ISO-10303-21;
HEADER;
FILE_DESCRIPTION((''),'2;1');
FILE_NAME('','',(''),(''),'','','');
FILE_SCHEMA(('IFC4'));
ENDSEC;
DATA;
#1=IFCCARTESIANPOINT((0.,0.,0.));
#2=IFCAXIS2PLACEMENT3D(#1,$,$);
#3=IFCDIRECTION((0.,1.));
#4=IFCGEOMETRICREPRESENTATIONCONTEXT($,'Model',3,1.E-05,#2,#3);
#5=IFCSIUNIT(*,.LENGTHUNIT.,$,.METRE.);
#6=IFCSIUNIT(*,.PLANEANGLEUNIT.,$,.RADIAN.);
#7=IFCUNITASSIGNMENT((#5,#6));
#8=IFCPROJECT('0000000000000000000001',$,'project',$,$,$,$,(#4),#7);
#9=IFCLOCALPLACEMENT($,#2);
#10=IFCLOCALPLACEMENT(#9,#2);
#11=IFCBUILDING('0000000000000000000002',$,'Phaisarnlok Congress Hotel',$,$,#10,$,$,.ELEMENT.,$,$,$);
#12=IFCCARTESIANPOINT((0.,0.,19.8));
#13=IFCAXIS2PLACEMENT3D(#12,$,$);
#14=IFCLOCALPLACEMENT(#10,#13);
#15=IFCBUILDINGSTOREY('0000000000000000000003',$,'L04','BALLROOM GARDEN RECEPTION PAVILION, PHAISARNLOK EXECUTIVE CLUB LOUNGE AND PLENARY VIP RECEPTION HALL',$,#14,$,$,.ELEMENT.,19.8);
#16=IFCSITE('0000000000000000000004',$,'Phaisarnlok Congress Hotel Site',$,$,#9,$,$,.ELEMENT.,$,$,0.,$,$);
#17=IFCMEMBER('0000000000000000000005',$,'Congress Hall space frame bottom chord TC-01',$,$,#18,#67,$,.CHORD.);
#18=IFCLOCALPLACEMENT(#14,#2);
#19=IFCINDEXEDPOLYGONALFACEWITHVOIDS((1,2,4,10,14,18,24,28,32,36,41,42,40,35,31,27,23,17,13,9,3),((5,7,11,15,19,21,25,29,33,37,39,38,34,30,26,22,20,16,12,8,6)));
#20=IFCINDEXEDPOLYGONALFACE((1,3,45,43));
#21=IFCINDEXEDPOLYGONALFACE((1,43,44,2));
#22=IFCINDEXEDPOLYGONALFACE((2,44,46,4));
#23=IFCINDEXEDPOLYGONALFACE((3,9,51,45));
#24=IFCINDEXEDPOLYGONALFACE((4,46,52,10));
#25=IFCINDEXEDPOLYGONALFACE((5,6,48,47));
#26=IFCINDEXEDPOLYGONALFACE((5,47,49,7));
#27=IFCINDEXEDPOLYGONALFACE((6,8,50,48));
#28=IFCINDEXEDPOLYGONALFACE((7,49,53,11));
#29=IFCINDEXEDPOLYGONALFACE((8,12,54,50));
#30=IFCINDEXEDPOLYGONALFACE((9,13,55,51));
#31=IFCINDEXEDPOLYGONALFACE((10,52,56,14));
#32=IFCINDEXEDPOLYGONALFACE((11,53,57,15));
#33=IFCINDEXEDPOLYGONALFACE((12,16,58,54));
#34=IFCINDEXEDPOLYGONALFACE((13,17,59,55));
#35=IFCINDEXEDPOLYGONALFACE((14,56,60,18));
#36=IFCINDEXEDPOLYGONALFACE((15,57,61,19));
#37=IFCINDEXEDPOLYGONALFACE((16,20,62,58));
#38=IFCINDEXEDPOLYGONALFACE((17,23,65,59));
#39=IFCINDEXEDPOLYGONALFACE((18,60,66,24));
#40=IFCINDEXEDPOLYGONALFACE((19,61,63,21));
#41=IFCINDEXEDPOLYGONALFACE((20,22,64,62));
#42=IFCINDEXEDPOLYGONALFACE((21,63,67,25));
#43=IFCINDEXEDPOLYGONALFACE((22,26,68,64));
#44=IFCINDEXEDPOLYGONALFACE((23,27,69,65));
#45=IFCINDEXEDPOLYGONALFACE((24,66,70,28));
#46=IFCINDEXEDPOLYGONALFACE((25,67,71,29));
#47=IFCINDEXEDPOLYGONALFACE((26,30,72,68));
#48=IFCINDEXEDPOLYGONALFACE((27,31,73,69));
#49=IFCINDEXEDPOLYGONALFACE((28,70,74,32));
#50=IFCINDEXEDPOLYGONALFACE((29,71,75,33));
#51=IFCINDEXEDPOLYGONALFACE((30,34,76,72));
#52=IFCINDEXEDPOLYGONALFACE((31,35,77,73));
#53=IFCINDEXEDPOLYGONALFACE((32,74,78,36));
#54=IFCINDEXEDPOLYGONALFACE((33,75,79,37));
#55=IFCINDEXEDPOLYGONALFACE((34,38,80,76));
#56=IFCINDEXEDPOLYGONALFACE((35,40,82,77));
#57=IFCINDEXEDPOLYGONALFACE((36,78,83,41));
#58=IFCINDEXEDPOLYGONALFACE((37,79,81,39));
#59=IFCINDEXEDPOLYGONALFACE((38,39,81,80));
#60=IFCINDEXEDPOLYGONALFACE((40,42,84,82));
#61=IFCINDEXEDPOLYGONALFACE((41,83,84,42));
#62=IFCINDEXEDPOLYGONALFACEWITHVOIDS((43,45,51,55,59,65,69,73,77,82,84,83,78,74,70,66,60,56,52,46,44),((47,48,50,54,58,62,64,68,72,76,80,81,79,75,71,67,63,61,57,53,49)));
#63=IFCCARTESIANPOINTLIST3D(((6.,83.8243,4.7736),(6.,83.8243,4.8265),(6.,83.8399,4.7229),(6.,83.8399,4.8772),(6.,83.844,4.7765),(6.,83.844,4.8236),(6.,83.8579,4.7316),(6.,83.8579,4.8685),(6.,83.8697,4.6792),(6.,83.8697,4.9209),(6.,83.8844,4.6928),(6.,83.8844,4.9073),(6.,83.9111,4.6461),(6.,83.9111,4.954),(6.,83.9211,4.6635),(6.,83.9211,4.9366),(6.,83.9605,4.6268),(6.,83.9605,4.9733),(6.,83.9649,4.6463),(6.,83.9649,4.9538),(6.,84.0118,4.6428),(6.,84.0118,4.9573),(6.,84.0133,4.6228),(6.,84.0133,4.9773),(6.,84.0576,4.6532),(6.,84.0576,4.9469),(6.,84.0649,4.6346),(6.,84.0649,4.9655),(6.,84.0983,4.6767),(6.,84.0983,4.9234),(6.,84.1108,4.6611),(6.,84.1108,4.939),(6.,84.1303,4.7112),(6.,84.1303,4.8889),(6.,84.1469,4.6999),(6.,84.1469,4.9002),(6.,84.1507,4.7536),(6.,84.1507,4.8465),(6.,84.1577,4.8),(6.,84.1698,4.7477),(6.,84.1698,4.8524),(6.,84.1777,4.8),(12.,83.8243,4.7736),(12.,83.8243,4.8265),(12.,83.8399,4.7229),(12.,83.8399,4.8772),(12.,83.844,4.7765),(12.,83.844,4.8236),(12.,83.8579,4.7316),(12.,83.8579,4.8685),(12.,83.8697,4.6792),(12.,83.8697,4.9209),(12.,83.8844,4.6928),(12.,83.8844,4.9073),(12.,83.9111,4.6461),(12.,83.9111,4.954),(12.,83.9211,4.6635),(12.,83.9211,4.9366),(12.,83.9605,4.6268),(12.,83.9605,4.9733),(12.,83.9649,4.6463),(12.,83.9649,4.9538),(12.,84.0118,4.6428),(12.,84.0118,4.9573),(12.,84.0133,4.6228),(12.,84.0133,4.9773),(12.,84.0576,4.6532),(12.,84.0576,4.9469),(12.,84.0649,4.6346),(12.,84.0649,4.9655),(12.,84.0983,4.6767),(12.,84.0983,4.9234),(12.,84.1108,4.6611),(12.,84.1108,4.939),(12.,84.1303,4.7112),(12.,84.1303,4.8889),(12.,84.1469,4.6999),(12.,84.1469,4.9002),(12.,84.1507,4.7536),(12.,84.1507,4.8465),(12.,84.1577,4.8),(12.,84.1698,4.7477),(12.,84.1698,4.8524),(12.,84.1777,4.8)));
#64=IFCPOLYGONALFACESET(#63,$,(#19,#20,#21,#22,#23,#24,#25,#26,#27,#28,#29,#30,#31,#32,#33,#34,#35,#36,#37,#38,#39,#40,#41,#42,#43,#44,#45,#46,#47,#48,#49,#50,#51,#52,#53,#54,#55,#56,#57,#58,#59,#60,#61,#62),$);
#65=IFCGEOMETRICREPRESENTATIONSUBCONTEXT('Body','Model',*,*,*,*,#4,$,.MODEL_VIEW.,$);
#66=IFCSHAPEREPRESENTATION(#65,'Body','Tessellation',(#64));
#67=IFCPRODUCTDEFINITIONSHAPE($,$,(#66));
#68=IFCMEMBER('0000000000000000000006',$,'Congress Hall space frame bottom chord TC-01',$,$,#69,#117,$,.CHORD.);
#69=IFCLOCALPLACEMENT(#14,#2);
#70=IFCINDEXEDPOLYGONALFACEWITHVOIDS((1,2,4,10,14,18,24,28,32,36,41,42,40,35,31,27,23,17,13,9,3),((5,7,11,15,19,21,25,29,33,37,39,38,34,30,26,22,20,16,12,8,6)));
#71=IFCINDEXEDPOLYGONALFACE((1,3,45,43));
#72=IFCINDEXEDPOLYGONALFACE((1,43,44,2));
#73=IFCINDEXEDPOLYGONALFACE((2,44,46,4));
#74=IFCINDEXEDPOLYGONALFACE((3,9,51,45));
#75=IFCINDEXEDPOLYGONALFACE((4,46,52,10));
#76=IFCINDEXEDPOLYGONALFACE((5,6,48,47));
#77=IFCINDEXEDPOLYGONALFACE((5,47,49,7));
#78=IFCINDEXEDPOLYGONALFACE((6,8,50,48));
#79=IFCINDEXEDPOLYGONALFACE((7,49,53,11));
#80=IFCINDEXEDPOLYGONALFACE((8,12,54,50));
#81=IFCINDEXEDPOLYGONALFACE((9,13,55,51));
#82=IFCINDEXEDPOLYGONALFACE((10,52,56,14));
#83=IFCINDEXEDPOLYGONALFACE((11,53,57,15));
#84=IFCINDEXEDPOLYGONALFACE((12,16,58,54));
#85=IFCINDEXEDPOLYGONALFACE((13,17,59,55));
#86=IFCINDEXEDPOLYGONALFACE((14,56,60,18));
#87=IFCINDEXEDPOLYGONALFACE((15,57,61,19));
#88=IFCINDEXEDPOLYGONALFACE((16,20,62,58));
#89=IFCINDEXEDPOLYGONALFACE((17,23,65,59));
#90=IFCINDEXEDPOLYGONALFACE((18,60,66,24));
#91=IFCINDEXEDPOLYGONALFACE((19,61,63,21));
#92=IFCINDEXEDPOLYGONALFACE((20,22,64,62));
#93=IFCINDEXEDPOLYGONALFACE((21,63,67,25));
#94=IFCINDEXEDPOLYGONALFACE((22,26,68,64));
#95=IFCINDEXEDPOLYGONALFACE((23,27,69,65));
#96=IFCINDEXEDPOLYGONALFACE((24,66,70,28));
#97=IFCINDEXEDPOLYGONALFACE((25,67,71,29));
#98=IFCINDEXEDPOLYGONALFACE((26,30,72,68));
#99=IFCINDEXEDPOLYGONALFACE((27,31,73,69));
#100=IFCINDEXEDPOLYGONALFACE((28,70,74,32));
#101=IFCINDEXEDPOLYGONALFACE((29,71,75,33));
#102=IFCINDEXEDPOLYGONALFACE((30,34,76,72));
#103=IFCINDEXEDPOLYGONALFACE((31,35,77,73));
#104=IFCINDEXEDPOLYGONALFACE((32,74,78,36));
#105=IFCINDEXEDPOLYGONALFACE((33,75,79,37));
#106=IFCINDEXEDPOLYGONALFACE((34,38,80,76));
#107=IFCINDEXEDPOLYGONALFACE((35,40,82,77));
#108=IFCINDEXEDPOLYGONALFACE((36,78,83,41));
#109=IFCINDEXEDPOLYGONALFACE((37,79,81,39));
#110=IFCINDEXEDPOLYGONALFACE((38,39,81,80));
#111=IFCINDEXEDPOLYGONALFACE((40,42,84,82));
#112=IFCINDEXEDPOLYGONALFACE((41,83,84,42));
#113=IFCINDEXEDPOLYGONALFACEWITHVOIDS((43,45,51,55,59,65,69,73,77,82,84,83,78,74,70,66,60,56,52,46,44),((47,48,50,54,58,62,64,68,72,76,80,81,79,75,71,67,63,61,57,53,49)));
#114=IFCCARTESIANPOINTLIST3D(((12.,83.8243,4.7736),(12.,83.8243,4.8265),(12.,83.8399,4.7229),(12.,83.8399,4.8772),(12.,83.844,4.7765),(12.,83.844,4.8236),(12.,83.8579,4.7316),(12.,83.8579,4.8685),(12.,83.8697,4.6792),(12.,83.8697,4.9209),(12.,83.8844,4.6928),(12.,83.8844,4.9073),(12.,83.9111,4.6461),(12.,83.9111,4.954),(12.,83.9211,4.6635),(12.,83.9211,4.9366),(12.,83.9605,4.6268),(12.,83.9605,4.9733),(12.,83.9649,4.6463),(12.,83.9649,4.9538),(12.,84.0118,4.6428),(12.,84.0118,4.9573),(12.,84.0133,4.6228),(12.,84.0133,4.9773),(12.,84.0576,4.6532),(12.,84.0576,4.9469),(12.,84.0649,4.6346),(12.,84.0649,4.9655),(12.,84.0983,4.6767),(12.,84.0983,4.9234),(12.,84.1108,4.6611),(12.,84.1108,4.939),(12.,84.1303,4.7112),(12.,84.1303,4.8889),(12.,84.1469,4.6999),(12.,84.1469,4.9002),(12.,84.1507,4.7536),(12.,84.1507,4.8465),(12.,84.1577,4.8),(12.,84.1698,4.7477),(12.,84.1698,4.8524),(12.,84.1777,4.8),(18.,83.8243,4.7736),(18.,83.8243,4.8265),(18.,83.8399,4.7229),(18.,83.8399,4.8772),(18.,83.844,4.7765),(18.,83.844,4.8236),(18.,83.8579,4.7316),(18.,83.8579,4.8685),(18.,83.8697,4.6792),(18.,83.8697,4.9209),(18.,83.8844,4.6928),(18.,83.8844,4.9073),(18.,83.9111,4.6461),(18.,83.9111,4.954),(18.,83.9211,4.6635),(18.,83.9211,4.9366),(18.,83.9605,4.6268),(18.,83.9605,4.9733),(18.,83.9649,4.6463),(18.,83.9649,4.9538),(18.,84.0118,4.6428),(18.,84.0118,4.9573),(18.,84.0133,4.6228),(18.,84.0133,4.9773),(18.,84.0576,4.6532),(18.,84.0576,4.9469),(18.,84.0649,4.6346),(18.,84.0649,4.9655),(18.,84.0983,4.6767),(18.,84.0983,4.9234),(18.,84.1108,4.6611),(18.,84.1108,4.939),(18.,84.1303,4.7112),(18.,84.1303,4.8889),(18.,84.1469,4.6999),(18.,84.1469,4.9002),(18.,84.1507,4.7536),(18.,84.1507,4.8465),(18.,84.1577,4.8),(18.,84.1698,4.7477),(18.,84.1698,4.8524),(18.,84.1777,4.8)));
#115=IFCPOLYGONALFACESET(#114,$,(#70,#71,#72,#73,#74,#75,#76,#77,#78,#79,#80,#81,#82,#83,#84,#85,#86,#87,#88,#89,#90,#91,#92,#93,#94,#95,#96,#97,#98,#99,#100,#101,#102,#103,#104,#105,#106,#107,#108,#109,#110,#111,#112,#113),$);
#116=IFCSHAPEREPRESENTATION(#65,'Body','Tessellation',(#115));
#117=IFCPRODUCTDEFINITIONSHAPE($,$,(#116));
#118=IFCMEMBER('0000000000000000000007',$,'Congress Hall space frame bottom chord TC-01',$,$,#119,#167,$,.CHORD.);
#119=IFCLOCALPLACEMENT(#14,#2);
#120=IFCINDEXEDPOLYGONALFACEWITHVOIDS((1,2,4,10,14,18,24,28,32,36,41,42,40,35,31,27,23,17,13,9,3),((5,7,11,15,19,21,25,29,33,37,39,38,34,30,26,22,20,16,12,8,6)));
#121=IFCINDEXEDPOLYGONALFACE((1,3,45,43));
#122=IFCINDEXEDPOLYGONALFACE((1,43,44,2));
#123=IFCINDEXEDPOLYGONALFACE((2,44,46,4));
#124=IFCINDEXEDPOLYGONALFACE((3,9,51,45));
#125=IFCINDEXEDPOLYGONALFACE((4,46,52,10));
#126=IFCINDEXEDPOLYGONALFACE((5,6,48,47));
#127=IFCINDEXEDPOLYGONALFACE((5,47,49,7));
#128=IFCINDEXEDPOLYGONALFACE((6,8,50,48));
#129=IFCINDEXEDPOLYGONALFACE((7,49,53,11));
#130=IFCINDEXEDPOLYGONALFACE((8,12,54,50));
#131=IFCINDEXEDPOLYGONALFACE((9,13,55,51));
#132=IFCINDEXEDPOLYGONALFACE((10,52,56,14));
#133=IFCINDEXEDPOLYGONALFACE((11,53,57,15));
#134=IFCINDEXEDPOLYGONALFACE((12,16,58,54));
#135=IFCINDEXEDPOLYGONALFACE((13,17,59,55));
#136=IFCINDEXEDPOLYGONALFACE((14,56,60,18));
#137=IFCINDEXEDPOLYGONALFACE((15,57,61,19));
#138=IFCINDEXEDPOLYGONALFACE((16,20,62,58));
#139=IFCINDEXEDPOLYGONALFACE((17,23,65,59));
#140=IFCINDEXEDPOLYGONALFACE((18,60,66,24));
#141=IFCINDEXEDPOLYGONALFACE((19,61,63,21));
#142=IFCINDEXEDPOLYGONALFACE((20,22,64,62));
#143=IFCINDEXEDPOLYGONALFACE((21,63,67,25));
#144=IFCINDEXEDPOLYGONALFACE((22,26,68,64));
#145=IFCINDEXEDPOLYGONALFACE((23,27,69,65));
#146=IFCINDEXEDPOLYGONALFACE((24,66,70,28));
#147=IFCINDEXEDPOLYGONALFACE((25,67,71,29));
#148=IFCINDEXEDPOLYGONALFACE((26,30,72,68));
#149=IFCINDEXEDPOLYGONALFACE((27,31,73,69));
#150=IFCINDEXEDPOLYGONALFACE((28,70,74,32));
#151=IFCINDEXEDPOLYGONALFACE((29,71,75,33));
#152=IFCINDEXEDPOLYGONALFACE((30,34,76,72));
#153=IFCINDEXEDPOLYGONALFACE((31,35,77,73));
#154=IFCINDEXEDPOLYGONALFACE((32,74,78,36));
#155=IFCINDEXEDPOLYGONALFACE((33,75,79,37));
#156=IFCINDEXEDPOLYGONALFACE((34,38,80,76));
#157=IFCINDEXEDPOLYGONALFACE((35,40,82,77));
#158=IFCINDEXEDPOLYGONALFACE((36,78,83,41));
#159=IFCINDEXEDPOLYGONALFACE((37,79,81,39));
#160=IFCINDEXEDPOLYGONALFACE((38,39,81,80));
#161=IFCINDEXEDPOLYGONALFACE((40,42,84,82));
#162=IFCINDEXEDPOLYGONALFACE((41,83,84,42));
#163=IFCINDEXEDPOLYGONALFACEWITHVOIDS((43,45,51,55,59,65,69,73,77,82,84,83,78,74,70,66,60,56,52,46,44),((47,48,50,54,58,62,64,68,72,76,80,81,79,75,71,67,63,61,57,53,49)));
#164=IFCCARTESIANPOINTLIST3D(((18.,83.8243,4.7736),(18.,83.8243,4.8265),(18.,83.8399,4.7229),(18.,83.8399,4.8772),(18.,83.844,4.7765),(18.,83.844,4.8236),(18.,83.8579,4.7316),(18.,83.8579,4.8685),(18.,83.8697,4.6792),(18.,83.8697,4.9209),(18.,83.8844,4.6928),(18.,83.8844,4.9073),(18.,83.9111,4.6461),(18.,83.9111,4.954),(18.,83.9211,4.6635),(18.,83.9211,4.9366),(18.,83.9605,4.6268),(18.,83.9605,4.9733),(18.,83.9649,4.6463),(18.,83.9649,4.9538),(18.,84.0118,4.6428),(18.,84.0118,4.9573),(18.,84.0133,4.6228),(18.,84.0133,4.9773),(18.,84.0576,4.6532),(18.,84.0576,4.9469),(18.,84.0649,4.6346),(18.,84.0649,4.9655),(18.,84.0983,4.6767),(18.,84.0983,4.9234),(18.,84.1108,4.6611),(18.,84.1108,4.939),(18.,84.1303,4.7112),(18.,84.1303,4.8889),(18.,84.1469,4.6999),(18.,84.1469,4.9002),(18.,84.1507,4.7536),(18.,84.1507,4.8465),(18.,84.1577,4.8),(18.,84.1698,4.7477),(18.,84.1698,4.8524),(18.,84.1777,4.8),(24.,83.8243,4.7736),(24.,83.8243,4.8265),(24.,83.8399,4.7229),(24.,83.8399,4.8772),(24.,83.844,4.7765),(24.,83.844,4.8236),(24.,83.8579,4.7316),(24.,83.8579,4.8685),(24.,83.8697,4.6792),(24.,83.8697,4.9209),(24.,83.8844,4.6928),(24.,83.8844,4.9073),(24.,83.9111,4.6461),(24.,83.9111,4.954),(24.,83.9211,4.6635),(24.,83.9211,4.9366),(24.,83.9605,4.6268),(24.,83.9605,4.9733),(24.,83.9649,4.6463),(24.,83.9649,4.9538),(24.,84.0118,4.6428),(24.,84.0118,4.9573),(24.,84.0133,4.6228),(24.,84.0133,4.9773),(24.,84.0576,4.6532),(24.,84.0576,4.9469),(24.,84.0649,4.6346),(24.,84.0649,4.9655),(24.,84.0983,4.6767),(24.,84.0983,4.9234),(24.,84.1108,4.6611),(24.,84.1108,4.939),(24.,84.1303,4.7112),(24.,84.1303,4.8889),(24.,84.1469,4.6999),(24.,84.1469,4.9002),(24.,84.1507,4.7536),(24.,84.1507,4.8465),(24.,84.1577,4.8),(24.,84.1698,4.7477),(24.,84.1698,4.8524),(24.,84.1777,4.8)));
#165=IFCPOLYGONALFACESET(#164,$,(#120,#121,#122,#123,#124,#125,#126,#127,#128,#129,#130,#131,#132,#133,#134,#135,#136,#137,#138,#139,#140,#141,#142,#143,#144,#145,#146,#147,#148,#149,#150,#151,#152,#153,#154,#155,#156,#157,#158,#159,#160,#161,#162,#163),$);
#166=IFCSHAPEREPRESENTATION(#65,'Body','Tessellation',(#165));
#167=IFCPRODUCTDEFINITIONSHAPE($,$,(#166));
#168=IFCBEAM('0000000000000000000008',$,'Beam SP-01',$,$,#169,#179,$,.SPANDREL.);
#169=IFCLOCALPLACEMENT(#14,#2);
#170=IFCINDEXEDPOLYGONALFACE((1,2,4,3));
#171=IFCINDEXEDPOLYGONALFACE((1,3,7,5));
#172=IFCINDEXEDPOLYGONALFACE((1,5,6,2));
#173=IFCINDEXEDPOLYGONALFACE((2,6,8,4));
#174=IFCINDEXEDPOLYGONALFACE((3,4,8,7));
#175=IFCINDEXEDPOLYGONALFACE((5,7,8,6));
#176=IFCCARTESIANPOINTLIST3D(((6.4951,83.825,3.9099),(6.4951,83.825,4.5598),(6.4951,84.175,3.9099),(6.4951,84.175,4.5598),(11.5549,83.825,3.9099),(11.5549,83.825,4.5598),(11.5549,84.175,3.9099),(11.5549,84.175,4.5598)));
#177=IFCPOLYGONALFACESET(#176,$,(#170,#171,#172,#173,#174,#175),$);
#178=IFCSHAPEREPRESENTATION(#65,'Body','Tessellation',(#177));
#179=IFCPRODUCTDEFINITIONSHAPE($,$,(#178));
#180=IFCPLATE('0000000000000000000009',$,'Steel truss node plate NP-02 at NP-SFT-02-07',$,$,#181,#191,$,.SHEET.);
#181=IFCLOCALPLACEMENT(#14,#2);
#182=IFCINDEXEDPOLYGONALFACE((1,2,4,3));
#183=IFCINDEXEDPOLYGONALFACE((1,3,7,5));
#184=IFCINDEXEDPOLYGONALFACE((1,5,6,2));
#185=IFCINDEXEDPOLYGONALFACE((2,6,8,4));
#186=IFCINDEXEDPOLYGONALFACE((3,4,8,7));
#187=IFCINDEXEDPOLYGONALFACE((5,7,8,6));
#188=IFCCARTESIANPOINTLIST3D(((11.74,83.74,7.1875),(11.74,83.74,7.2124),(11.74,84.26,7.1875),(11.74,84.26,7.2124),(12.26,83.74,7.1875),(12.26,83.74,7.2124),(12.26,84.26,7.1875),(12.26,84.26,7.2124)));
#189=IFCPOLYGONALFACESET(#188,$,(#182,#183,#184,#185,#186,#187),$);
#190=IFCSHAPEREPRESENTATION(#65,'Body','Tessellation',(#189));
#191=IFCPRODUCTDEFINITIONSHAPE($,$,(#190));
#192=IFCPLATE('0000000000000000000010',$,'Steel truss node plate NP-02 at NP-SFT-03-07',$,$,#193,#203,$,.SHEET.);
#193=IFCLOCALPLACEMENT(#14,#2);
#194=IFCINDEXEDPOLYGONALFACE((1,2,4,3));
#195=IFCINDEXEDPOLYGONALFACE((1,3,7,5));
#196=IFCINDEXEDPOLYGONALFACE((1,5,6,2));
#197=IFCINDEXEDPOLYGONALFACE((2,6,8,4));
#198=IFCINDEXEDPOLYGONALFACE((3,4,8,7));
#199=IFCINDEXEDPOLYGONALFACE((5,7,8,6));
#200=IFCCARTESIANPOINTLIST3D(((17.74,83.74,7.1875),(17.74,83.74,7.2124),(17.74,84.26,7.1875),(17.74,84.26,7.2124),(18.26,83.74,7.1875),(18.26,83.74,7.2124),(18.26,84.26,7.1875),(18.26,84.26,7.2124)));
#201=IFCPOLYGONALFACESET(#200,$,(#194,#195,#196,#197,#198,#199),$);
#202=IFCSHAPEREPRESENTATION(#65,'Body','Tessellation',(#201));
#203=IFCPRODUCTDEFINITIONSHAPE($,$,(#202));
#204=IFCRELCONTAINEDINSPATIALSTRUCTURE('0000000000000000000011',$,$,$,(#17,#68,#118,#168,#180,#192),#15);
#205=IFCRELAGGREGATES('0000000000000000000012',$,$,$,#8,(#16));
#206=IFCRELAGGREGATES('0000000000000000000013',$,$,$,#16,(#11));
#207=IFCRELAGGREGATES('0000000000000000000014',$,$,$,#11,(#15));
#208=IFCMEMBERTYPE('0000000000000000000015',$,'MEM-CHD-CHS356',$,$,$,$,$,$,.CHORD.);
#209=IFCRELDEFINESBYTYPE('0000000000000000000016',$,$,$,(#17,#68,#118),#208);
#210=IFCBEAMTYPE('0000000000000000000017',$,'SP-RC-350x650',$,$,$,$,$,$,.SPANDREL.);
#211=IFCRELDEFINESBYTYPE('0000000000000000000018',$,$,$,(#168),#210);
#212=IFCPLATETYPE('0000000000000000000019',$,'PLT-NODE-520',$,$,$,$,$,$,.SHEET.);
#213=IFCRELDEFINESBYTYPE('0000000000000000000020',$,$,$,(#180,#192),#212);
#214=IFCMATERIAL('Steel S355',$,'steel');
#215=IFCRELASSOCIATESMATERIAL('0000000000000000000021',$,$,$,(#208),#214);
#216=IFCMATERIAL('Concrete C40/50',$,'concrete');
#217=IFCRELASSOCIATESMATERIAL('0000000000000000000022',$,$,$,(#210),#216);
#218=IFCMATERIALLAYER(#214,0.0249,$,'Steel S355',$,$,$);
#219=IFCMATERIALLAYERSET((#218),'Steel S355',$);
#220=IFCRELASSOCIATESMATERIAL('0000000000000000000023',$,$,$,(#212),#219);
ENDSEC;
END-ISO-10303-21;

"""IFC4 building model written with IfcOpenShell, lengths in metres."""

from ifc_helpers import new_model, si_unit, direction, frame, origin, origin_2d, place, context, subcontext, project, spatial, rectangle, hollow_circle, extrude, material, layer, layer_set, material_profile, profile_set, type_object, element, save


model = new_model("IFC4")

# Units and contexts
model_context = context("Model", 3, precision=1e-05, world=origin(), true_north=direction((0.0, 1.0)))
body_context = subcontext(model_context, "Body", "Model", "MODEL_VIEW")
ifc_project = project(units=[si_unit("LENGTHUNIT", "METRE"), si_unit("PLANEANGLEUNIT", "RADIAN")], contexts=[model_context])

# Site, building, storey
site_placement = place(None, origin())
site = spatial("IfcSite", under=ifc_project, at=site_placement, Name="Phaisarnlok Congress Hotel Site", CompositionType="ELEMENT", RefElevation=0.0)
building_placement = place(site_placement, origin())
building = spatial("IfcBuilding", under=site, at=building_placement, Name="Phaisarnlok Congress Hotel", CompositionType="ELEMENT")
storey_placement = place(building_placement, frame((0.0, 0.0, 19.8)))
storey = spatial("IfcBuildingStorey", under=building, at=storey_placement, Name="L04", Description="BALLROOM GARDEN RECEPTION PAVILION, PHAISARNLOK EXECUTIVE CLUB LOUNGE AND PLENARY VIP RECEPTION HALL", CompositionType="ELEMENT", Elevation=19.8)

# Members
ifc_material_1 = material(Name="Steel S355", Category="steel")
ifc_material_profile_1 = material_profile(ifc_material_1, hollow_circle(Radius=0.1777, WallThickness=0.02, at=origin_2d()), Name="CHS 355.6x20")
ifc_profile_set_1 = profile_set([ifc_material_profile_1], Name="Steel S355")
member_type_1 = type_object("IfcMemberType", Name="MEM-CHD-CHS356", PredefinedType="CHORD", material=ifc_profile_set_1)
for number, where, z_axis, x_axis, name in (
    (1, (6.0, 84.0, 4.8), (1.0, 0.0, 0.0), (0.0, 1.0, 0.0), "Congress Hall space frame bottom chord TC-01"),
    (2, (12.0, 84.0, 4.8), (1.0, 0.0, 0.0), (0.0, 1.0, 0.0), "Congress Hall space frame bottom chord TC-01"),
    (3, (18.0, 84.0, 4.8), (1.0, 0.0, 0.0), (0.0, 1.0, 0.0), "Congress Hall space frame bottom chord TC-01"),
):
    element("IfcMember", number, at=place(storey_placement, frame(where, z_axis=z_axis, x_axis=x_axis)), inside=storey, type_object=member_type_1, Name=name, PredefinedType="CHORD", context=body_context, shape_type="SweptSolid", body=[
        extrude(hollow_circle(Radius=0.1777, WallThickness=0.02, at=origin_2d()), origin(), (0.0, 0.0, 1.0), 6.0),
    ])

# Beam
ifc_material_2 = material(Name="Concrete C40/50", Category="concrete")
ifc_material_profile_2 = material_profile(ifc_material_2, rectangle(XDim=0.3501, YDim=0.6499, at=origin_2d()), Name="RC 350x650")
ifc_profile_set_2 = profile_set([ifc_material_profile_2], Name="Concrete C40/50")
beam_type = type_object("IfcBeamType", Name="SP-RC-350x650", PredefinedType="SPANDREL", material=ifc_profile_set_2)
beam_placement = place(storey_placement, frame((6.4951, 84.0, 4.2349), z_axis=(1.0, 0.0, 0.0), x_axis=(0.0, 1.0, 0.0)))
element("IfcBeam", 4, at=beam_placement, inside=storey, type_object=beam_type, Name="Beam SP-01", PredefinedType="SPANDREL", context=body_context, shape_type="SweptSolid", body=[
    extrude(rectangle(XDim=0.3501, YDim=0.6499, at=origin_2d()), origin(), (0.0, 0.0, 1.0), 5.0598),
])

# Plates
ifc_layer_1 = layer(ifc_material_1, 0.0249, Name="Steel S355")
ifc_layer_set_1 = layer_set([ifc_layer_1], Name="Steel S355")
plate_type_1 = type_object("IfcPlateType", Name="PLT-NODE-520", PredefinedType="SHEET", material=ifc_layer_set_1)
for number, where, z_axis, x_axis, name in (
    (5, (12.0, 84.0, 7.1875), (0.0, 0.0, 1.0), (1.0, 0.0, 0.0), "Steel truss node plate NP-02 at NP-SFT-02-07"),
    (6, (18.0, 84.0, 7.1875), (0.0, 0.0, 1.0), (1.0, 0.0, 0.0), "Steel truss node plate NP-02 at NP-SFT-03-07"),
):
    element("IfcPlate", number, at=place(storey_placement, frame(where, z_axis=z_axis, x_axis=x_axis)), inside=storey, type_object=plate_type_1, Name=name, PredefinedType="SHEET", context=body_context, shape_type="SweptSolid", body=[
        extrude(rectangle(XDim=0.52, YDim=0.52, at=origin_2d()), origin(), (0.0, 0.0, 1.0), 0.0249),
    ])

save(model, "model.ifc")
